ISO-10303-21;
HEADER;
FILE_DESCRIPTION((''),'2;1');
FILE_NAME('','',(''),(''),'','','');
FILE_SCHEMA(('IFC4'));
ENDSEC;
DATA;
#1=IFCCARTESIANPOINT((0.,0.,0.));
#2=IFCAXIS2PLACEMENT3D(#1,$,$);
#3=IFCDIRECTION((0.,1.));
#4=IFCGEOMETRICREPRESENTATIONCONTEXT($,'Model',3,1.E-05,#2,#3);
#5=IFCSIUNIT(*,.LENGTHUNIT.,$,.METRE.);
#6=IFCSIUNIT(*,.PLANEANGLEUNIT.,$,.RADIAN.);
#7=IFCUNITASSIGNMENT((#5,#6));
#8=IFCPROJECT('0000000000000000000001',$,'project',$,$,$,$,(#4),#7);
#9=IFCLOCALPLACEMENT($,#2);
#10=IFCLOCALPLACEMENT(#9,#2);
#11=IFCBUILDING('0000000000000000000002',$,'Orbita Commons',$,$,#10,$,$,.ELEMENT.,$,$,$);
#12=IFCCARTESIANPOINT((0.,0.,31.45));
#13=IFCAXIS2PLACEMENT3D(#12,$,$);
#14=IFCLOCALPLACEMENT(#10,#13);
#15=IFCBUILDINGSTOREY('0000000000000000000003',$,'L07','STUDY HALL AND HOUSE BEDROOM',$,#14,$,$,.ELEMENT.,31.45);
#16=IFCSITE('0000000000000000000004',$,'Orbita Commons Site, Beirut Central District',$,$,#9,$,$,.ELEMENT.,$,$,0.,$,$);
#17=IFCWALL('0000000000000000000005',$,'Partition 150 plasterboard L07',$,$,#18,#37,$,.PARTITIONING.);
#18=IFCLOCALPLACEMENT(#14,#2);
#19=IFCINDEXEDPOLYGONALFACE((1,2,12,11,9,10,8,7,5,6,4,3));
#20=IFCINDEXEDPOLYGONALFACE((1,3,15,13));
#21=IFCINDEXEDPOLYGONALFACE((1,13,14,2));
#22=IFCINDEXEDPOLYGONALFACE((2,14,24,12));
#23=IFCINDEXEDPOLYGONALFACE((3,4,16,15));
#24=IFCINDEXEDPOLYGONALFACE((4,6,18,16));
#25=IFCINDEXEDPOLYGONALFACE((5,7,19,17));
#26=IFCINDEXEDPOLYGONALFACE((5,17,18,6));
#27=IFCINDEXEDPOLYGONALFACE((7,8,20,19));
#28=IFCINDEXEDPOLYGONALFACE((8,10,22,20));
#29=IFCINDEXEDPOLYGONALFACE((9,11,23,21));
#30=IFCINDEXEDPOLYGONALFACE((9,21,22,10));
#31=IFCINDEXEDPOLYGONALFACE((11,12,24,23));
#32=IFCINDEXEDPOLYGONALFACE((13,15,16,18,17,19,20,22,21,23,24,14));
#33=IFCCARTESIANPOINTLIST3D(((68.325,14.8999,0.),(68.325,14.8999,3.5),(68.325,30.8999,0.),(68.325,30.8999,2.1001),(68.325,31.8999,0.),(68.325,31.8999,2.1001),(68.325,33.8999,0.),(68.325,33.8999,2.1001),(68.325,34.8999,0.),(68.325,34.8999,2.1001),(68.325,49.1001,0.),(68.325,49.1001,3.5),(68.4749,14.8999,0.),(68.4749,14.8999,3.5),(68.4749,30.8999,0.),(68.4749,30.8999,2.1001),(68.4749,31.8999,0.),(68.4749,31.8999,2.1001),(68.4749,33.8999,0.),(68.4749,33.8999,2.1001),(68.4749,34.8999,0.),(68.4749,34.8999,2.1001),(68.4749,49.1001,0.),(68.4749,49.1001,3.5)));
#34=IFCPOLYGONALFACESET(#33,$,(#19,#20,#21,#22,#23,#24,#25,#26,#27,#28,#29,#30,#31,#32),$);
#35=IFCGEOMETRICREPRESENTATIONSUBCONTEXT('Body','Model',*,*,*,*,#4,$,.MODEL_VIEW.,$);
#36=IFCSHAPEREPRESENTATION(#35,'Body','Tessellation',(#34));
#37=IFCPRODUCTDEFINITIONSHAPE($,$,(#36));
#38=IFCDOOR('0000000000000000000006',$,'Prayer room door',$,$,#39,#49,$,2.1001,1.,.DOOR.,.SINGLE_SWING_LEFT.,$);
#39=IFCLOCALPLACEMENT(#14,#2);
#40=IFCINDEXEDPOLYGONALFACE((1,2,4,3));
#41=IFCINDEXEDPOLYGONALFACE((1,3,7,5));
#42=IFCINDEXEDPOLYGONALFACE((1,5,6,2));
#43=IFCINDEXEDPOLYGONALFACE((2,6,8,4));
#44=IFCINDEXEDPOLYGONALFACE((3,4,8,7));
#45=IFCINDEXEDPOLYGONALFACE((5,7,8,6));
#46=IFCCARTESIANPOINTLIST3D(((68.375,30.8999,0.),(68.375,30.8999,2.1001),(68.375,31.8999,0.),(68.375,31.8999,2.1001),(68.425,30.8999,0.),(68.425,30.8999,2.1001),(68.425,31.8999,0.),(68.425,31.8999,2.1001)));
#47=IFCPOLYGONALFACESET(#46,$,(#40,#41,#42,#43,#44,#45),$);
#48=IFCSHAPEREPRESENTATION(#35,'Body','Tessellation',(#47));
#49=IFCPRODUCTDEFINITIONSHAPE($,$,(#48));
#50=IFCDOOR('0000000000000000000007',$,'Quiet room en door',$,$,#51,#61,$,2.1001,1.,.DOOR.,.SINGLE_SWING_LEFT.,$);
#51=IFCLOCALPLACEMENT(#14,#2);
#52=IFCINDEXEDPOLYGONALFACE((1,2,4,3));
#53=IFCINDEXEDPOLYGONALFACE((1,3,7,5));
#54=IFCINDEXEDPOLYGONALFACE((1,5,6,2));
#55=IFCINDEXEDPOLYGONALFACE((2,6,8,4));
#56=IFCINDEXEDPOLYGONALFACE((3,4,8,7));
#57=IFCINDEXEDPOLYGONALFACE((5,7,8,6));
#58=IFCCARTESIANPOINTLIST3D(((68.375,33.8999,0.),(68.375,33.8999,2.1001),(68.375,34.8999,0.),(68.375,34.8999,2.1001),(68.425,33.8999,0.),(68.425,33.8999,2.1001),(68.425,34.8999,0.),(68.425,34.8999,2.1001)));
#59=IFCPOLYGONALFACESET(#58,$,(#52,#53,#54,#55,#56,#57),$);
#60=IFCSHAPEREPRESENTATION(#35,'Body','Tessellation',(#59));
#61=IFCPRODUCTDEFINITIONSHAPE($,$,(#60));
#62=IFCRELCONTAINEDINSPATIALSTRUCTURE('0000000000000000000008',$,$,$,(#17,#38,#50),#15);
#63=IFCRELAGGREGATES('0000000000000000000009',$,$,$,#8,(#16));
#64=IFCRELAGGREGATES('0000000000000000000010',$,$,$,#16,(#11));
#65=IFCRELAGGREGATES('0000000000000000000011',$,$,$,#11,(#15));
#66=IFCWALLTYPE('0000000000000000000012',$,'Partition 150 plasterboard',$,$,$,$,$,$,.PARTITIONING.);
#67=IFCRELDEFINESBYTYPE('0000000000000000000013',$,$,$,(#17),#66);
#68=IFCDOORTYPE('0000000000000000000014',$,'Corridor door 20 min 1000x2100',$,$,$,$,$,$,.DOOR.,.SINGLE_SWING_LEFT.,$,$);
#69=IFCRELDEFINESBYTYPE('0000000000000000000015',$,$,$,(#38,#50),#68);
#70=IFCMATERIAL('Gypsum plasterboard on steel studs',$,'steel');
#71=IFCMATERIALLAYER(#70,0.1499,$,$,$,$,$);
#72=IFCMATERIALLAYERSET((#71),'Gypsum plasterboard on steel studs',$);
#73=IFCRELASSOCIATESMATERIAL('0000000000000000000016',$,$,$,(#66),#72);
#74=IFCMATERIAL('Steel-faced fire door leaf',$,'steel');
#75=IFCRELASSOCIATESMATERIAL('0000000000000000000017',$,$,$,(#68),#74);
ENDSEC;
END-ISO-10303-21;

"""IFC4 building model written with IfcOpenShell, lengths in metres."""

from ifc_helpers import new_model, si_unit, direction, frame, frame_2d, origin, place, context, subcontext, project, spatial, rectangle, extrude, material, layer, layer_set, type_object, element, fill, save


model = new_model("IFC4")

# Units and contexts
model_context = context("Model", 3, precision=1e-05, world=origin(), true_north=direction((0.0, 1.0)))
body_context = subcontext(model_context, "Body", "Model", "MODEL_VIEW")
ifc_project = project(units=[si_unit("LENGTHUNIT", "METRE"), si_unit("PLANEANGLEUNIT", "RADIAN")], contexts=[model_context])

# Site, building, storey
site_placement = place(None, origin())
site = spatial("IfcSite", under=ifc_project, at=site_placement, Name="Orbita Commons Site, Beirut Central District", CompositionType="ELEMENT", RefElevation=0.0)
building_placement = place(site_placement, origin())
building = spatial("IfcBuilding", under=site, at=building_placement, Name="Orbita Commons", CompositionType="ELEMENT")
storey_placement = place(building_placement, frame((0.0, 0.0, 31.45)))
storey = spatial("IfcBuildingStorey", under=building, at=storey_placement, Name="L07", Description="STUDY HALL AND HOUSE BEDROOM", CompositionType="ELEMENT", Elevation=31.45)

# Wall, openings, doors
ifc_material_1 = material(Name="Gypsum plasterboard on steel studs", Category="steel")
ifc_layer_1 = layer(ifc_material_1, 0.1499)
ifc_layer_set_1 = layer_set([ifc_layer_1], Name="Gypsum plasterboard on steel studs")
wall_type_1 = type_object("IfcWallType", Name="Partition 150 plasterboard", PredefinedType="PARTITIONING", material=ifc_layer_set_1)
wall_1_placement = place(storey_placement, frame((68.3999, 14.8999, 0.0), z_axis=(0.0, 0.0, 1.0), x_axis=(0.0, 1.0, 0.0)))
wall_1 = element("IfcWall", 1, at=wall_1_placement, inside=storey, type_object=wall_type_1, Name="Partition 150 plasterboard L07", PredefinedType="PARTITIONING", context=body_context, shape_type="SweptSolid", body=[
    extrude(rectangle(XDim=34.2002, YDim=0.1499, at=frame_2d((17.1001, 0.0))), origin(), (0.0, 0.0, 1.0), 3.5),
])
opening_1_placement = place(wall_1_placement, frame((16.0, 0.0, 0.0)))
opening_1 = element("IfcOpeningElement", 2, at=opening_1_placement, cuts=wall_1, PredefinedType="OPENING", context=body_context, shape_type="SweptSolid", body=[
    extrude(rectangle(XDim=1.0, YDim=2.1001, at=frame_2d((0.5, 1.05))), frame((0.0, 0.085, 0.0), z_axis=(0.0, -1.0, 0.0), x_axis=(1.0, 0.0, 0.0)), (0.0, 0.0, 1.0), 0.1699),
])
opening_2_placement = place(wall_1_placement, frame((19.0, 0.0, 0.0)))
opening_2 = element("IfcOpeningElement", 3, at=opening_2_placement, cuts=wall_1, PredefinedType="OPENING", context=body_context, shape_type="SweptSolid", body=[
    extrude(rectangle(XDim=1.0, YDim=2.1001, at=frame_2d((0.5, 1.05))), frame((0.0, 0.085, 0.0), z_axis=(0.0, -1.0, 0.0), x_axis=(1.0, 0.0, 0.0)), (0.0, 0.0, 1.0), 0.1699),
])
ifc_material_2 = material(Name="Steel-faced fire door leaf", Category="steel")
door_type_1 = type_object("IfcDoorType", Name="Corridor door 20 min 1000x2100", OperationType="SINGLE_SWING_LEFT", PredefinedType="DOOR", material=ifc_material_2)
door_1_placement = place(opening_1_placement, origin())
door_1 = element("IfcDoor", 4, at=door_1_placement, inside=storey, type_object=door_type_1, Name="Prayer room door", OperationType="SINGLE_SWING_LEFT", OverallHeight=2.1001, OverallWidth=1.0, PredefinedType="DOOR", context=body_context, shape_type="SweptSolid", body=[
    extrude(rectangle(XDim=1.0, YDim=2.1001, at=frame_2d((0.5, 1.05))), frame((0.0, 0.0249, 0.0), z_axis=(0.0, -1.0, 0.0), x_axis=(1.0, 0.0, 0.0)), (0.0, 0.0, 1.0), 0.05),
])
fill(opening_1, door_1)
door_2_placement = place(opening_2_placement, origin())
door_2 = element("IfcDoor", 5, at=door_2_placement, inside=storey, type_object=door_type_1, Name="Quiet room en door", OperationType="SINGLE_SWING_LEFT", OverallHeight=2.1001, OverallWidth=1.0, PredefinedType="DOOR", context=body_context, shape_type="SweptSolid", body=[
    extrude(rectangle(XDim=1.0, YDim=2.1001, at=frame_2d((0.5, 1.05))), frame((0.0, 0.0249, 0.0), z_axis=(0.0, -1.0, 0.0), x_axis=(1.0, 0.0, 0.0)), (0.0, 0.0, 1.0), 0.05),
])
fill(opening_2, door_2)

save(model, "model.ifc")
